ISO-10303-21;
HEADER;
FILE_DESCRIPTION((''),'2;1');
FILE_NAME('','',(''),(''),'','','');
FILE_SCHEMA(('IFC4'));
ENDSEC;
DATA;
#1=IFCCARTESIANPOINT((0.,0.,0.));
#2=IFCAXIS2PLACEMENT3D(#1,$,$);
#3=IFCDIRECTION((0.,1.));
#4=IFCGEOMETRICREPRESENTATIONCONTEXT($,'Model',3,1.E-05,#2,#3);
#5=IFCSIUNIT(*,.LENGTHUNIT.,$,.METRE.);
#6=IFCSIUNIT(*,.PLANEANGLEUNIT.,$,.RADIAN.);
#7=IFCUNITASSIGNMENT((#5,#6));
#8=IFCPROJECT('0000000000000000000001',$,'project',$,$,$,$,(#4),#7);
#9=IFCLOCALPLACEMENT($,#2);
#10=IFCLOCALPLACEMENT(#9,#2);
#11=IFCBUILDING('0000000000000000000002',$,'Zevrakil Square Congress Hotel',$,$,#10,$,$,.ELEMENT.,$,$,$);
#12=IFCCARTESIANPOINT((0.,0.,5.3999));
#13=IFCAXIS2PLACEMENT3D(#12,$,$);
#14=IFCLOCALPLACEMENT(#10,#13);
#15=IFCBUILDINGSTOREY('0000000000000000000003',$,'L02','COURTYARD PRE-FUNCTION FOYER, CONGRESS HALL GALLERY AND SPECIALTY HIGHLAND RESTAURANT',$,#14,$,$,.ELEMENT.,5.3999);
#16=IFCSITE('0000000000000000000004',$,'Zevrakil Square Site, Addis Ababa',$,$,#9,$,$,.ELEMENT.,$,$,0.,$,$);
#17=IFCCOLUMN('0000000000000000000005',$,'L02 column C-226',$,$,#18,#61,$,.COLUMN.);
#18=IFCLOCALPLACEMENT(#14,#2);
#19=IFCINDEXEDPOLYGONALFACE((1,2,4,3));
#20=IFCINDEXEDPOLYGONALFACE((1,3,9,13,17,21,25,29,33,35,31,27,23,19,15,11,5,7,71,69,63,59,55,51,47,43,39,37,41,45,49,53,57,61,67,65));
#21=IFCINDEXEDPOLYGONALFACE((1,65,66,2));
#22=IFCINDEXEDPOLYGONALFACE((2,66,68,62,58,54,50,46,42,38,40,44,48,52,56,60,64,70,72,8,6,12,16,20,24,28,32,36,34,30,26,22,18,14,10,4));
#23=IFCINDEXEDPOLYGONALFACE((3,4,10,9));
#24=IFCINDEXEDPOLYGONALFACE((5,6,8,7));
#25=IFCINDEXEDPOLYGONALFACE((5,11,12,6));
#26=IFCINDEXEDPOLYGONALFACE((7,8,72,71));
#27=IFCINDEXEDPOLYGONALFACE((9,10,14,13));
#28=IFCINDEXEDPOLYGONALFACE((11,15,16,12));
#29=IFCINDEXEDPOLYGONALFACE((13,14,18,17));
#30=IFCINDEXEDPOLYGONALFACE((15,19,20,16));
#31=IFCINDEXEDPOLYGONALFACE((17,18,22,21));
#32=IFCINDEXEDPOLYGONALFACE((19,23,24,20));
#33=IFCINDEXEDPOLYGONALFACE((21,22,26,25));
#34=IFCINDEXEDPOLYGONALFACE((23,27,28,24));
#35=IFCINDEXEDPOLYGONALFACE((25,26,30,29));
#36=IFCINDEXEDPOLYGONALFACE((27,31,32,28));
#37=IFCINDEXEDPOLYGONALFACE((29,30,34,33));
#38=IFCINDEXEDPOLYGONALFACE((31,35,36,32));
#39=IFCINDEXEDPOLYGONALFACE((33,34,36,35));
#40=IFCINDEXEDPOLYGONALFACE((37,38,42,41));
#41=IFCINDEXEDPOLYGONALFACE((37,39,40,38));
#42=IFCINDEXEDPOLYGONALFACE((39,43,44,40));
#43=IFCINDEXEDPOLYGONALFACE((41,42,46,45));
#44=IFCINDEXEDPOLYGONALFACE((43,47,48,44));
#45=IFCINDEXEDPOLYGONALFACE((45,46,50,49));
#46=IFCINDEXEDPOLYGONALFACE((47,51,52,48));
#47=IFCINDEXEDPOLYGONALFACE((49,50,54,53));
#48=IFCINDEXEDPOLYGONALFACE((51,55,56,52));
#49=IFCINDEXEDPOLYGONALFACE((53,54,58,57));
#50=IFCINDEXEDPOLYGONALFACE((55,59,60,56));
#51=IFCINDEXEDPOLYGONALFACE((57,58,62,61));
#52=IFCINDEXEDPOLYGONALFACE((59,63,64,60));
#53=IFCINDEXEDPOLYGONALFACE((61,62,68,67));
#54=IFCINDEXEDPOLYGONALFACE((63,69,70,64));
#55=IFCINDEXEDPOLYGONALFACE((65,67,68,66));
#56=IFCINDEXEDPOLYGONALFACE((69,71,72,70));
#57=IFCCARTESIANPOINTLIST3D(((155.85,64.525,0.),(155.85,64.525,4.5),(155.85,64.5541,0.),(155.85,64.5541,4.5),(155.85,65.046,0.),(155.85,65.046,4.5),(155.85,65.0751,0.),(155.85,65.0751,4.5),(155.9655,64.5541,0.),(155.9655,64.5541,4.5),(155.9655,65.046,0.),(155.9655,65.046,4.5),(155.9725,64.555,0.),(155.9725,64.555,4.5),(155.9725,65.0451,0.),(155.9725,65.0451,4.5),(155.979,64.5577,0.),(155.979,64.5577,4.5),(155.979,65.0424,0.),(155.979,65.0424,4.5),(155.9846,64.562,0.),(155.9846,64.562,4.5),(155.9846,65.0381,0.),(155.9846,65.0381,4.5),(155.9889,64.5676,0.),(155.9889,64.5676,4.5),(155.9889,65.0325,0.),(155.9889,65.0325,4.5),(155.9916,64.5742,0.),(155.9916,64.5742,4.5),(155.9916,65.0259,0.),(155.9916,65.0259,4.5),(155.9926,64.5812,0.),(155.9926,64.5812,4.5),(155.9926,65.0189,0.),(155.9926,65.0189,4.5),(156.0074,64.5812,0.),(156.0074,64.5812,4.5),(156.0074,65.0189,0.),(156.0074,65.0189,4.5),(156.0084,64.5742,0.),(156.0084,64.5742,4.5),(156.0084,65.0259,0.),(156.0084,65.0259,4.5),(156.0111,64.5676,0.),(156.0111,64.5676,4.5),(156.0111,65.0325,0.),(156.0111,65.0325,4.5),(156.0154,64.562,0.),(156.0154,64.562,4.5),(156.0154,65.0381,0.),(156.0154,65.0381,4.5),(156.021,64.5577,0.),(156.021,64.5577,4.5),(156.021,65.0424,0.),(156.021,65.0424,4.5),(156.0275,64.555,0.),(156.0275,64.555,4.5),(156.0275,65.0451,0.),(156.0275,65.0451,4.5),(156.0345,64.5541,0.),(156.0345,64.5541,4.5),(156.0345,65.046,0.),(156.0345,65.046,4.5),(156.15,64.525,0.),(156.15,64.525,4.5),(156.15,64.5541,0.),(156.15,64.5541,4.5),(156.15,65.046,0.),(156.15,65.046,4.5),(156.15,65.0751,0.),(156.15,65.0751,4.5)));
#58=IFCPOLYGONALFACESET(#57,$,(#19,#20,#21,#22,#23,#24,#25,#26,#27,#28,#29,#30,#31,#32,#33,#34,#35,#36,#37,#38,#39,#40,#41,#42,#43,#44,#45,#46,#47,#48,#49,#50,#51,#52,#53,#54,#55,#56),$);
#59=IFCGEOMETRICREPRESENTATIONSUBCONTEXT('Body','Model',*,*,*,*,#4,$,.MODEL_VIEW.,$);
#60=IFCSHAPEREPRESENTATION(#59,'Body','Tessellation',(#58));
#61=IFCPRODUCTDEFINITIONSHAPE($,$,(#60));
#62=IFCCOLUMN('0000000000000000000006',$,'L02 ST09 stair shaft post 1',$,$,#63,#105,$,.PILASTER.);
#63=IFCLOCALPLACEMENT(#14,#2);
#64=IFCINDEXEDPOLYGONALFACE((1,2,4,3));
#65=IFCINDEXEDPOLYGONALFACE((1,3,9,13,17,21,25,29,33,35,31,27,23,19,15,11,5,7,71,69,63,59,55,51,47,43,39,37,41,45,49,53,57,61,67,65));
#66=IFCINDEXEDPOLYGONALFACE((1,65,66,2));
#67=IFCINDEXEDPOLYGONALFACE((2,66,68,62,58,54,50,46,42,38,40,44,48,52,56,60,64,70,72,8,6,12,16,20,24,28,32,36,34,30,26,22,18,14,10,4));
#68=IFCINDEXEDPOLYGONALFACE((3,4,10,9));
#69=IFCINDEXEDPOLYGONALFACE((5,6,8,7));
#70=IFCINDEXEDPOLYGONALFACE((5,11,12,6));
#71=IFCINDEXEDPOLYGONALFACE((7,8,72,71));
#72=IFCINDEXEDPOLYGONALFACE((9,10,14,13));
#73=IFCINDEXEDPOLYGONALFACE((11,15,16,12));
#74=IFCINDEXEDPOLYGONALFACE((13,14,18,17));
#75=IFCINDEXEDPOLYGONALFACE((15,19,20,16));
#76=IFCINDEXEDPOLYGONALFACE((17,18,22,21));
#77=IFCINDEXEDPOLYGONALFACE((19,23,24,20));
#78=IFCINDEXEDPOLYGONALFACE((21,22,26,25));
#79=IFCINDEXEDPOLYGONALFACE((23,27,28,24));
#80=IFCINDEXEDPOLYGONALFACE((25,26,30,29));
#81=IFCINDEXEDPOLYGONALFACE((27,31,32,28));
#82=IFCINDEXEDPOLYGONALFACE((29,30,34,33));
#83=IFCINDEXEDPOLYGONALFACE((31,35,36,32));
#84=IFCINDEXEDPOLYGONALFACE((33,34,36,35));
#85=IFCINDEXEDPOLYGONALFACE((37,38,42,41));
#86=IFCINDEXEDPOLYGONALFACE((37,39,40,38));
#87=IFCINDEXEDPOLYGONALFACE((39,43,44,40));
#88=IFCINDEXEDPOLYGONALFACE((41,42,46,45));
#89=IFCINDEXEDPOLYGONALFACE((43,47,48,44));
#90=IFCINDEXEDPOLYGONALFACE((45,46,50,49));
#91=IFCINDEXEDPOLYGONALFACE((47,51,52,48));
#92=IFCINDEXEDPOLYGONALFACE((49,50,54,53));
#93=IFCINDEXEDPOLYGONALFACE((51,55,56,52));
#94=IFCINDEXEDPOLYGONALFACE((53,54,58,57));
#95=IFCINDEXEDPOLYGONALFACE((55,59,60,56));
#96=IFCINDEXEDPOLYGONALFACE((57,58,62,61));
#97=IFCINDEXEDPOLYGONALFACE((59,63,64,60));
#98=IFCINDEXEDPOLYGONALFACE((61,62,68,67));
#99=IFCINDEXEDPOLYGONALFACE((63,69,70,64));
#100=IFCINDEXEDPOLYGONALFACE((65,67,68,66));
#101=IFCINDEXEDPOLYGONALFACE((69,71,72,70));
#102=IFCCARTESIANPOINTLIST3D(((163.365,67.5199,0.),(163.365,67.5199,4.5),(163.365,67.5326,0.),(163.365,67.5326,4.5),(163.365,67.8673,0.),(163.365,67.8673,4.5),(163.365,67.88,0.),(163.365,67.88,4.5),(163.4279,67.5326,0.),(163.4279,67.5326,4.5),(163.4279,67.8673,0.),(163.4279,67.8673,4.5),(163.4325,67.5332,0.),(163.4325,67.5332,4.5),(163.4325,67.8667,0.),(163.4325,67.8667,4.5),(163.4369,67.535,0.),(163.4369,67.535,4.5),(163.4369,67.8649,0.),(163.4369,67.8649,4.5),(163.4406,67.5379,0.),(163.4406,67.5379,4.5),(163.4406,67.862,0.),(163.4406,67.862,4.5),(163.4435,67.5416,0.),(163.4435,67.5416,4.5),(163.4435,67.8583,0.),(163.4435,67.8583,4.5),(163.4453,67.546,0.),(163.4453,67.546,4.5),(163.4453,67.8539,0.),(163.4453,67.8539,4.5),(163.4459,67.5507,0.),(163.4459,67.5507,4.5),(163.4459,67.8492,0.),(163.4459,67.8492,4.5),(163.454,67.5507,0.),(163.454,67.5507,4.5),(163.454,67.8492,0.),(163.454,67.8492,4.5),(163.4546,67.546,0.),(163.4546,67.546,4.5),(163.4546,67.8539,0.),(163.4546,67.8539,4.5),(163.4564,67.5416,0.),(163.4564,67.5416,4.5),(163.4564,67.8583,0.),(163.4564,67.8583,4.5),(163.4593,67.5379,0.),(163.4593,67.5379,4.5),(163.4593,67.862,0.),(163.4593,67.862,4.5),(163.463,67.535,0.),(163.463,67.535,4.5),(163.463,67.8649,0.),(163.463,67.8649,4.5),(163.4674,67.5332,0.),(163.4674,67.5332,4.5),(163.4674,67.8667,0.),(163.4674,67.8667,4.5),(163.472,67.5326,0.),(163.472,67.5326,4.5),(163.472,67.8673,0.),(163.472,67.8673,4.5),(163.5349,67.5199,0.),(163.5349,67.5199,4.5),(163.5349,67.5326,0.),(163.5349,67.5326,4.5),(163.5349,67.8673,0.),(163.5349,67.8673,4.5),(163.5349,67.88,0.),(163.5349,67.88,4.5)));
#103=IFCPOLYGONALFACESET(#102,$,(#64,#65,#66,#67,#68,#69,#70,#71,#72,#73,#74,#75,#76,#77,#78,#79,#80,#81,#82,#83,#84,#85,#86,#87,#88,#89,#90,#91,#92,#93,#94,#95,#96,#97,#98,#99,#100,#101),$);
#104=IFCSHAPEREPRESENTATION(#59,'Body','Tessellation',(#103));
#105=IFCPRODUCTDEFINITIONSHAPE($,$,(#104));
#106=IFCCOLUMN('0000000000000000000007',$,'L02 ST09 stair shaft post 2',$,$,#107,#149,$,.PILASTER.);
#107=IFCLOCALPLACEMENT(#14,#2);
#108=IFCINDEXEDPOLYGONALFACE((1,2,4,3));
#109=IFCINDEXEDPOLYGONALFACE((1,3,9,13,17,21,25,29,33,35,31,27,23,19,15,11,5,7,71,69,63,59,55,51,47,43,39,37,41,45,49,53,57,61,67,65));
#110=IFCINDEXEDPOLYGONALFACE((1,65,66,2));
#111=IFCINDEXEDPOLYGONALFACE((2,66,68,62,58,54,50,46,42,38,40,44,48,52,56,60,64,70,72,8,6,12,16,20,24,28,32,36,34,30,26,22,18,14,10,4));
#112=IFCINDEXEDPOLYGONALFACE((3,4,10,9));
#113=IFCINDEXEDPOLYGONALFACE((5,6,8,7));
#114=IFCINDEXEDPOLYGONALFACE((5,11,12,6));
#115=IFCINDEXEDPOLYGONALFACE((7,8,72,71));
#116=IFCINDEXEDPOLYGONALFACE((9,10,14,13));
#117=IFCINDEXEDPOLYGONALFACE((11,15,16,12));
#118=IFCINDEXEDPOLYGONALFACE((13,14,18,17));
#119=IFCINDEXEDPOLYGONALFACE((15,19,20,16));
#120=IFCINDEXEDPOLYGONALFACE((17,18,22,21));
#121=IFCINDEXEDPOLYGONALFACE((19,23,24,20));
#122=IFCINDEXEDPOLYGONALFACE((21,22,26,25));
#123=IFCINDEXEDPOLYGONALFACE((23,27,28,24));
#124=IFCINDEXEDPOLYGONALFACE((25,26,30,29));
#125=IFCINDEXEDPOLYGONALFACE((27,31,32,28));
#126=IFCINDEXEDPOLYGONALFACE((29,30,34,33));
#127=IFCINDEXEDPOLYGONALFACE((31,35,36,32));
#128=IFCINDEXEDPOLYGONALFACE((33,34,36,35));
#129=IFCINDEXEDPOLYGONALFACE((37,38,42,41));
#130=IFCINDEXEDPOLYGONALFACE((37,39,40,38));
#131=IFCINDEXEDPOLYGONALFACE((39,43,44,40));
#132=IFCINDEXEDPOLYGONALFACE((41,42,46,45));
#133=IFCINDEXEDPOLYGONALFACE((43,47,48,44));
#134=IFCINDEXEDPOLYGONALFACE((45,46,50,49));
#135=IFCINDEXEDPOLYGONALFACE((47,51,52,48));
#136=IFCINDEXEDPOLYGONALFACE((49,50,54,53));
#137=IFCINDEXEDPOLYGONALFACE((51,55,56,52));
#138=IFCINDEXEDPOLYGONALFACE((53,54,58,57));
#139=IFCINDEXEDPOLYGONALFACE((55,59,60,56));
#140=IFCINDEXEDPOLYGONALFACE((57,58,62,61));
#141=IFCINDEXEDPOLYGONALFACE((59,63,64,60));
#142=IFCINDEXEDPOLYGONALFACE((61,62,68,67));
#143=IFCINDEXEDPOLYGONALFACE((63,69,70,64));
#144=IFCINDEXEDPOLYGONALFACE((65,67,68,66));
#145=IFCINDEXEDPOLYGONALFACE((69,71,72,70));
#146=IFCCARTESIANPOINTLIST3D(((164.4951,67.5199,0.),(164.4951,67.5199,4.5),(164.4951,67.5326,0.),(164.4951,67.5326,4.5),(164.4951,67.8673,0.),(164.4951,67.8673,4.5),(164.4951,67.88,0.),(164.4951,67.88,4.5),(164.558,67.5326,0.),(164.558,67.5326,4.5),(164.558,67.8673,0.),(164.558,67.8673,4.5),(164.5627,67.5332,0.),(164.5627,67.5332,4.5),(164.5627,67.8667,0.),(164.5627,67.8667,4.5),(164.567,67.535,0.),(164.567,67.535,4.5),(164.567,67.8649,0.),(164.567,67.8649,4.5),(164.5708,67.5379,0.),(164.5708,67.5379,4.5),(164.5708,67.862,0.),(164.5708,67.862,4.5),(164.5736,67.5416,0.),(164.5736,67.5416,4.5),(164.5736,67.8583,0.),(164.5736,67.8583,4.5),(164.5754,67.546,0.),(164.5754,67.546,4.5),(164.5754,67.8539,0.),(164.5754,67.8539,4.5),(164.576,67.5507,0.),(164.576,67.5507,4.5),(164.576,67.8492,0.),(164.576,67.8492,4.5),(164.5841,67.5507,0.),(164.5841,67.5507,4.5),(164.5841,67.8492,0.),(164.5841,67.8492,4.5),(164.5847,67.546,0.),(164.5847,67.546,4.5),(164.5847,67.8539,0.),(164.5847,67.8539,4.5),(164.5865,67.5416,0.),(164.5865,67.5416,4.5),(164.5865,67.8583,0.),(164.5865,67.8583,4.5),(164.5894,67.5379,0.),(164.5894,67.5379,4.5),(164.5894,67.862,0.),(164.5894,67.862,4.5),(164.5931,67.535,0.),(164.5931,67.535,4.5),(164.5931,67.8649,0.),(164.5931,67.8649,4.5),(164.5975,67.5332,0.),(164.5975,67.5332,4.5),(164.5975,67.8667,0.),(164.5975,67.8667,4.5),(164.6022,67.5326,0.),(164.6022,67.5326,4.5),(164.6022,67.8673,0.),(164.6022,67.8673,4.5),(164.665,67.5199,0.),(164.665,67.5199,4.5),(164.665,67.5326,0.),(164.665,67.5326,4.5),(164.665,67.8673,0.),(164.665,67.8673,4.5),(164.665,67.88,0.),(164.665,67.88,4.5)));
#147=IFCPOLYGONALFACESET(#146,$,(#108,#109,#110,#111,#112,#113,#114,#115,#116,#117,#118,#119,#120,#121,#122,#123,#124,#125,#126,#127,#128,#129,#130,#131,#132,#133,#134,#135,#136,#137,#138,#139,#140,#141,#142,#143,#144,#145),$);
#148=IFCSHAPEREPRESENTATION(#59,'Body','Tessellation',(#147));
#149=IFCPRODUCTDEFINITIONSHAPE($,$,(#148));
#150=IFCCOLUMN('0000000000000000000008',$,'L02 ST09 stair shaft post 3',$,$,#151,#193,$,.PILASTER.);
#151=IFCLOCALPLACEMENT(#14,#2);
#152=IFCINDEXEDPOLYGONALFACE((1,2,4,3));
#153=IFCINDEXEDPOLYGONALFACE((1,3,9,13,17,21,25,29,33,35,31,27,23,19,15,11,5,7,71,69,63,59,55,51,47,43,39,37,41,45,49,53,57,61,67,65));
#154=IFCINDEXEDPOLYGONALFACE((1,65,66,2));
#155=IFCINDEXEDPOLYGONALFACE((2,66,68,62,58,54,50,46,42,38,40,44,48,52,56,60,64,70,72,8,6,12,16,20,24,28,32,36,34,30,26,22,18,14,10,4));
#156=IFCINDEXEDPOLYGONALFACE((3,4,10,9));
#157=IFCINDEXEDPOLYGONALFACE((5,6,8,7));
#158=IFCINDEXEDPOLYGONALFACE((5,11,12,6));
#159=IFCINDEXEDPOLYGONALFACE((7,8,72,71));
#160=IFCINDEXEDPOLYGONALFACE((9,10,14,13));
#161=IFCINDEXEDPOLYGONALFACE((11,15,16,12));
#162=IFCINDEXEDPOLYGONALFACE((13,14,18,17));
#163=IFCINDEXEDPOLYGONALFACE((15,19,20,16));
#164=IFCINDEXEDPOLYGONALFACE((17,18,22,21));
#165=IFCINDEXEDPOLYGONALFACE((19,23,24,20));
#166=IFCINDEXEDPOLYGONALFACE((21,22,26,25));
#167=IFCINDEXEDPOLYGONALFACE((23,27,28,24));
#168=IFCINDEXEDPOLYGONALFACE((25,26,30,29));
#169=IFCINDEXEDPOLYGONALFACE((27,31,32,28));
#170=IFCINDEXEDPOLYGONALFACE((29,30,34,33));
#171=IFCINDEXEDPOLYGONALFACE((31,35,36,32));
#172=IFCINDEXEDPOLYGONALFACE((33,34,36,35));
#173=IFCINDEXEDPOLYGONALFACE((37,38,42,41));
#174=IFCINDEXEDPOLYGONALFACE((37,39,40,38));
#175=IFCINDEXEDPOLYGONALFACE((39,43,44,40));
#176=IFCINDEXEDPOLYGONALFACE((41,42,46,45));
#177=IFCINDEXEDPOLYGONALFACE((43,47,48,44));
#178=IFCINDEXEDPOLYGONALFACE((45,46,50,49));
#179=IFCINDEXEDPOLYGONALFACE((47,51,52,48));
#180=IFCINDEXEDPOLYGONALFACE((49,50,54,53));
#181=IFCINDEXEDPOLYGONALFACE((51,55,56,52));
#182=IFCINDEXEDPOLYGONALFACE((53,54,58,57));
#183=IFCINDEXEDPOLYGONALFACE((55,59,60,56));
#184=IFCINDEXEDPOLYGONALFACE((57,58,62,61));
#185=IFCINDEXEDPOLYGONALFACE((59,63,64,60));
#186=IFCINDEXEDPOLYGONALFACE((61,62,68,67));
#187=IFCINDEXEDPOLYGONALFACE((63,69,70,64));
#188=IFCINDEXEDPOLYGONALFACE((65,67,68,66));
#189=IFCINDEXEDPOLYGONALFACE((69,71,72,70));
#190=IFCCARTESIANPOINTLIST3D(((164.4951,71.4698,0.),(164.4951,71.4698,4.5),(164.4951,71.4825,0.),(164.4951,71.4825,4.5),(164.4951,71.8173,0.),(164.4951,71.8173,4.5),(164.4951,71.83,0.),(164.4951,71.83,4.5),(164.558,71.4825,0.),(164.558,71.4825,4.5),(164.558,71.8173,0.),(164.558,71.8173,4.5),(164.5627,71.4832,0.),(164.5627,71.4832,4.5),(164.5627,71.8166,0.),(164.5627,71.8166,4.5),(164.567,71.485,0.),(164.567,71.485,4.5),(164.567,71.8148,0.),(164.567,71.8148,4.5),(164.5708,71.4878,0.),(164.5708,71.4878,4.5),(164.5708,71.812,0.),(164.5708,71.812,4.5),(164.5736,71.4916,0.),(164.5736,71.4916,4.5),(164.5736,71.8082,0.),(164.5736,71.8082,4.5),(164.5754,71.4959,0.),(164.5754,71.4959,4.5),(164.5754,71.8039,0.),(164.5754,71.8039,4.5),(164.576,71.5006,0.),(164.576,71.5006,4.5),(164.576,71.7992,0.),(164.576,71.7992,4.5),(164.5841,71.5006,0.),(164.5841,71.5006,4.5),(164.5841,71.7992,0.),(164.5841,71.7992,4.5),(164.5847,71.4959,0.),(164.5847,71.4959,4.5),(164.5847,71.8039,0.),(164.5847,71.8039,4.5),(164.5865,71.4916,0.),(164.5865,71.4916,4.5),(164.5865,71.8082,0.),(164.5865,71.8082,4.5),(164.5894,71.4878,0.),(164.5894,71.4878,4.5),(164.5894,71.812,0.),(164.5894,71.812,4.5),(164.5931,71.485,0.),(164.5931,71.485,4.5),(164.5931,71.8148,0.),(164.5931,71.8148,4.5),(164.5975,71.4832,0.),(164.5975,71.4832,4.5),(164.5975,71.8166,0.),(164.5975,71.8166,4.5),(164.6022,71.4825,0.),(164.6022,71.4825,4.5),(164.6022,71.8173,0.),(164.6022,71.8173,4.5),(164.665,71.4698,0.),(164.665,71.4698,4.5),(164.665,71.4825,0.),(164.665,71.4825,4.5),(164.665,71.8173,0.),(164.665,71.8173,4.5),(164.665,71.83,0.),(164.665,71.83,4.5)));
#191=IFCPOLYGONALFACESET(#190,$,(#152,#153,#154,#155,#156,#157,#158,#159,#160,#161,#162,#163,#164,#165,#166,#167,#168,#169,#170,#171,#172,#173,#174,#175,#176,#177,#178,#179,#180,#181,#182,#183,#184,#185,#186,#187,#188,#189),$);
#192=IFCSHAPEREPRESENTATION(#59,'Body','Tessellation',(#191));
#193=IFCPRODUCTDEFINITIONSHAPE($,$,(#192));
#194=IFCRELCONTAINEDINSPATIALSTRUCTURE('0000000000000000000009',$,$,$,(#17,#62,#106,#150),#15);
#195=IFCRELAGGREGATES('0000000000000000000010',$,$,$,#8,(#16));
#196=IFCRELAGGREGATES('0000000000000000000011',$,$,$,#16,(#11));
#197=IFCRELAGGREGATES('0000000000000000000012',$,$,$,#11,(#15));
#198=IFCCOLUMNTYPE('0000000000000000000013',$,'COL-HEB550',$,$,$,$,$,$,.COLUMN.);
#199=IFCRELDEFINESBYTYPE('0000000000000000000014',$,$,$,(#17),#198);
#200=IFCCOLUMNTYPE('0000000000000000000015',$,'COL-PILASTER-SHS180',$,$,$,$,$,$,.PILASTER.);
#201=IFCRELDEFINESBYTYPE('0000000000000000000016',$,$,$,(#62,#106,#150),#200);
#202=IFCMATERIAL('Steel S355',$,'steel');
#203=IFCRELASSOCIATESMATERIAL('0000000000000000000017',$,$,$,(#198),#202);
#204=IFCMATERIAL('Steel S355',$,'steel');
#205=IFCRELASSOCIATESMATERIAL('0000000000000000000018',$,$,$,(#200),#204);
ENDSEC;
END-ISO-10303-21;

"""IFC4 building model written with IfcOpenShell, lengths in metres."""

from ifc_helpers import new_model, si_unit, direction, frame, origin, origin_2d, place, context, subcontext, project, spatial, i_section, extrude, material, material_profile, profile_set, type_object, element, save


model = new_model("IFC4")

# Units and contexts
model_context = context("Model", 3, precision=1e-05, world=origin(), true_north=direction((0.0, 1.0)))
body_context = subcontext(model_context, "Body", "Model", "MODEL_VIEW")
ifc_project = project(units=[si_unit("LENGTHUNIT", "METRE"), si_unit("PLANEANGLEUNIT", "RADIAN")], contexts=[model_context])

# Site, building, storey
site_placement = place(None, origin())
site = spatial("IfcSite", under=ifc_project, at=site_placement, Name="Zevrakil Square Site, Addis Ababa", CompositionType="ELEMENT", RefElevation=0.0)
building_placement = place(site_placement, origin())
building = spatial("IfcBuilding", under=site, at=building_placement, Name="Zevrakil Square Congress Hotel", CompositionType="ELEMENT")
storey_placement = place(building_placement, frame((0.0, 0.0, 5.3999)))
storey = spatial("IfcBuildingStorey", under=building, at=storey_placement, Name="L02", Description="COURTYARD PRE-FUNCTION FOYER, CONGRESS HALL GALLERY AND SPECIALTY HIGHLAND RESTAURANT", CompositionType="ELEMENT", Elevation=5.3999)

# Columns
ifc_material_1 = material(Name="Steel S355", Category="steel")
ifc_material_profile_1 = material_profile(ifc_material_1, i_section(OverallWidth=0.3, OverallDepth=0.55, WebThickness=0.0149, FlangeThickness=0.0291, FilletRadius=0.0271, at=origin_2d()), Name="HEB 550")
ifc_profile_set_1 = profile_set([ifc_material_profile_1], Name="Steel S355")
column_type_1 = type_object("IfcColumnType", Name="COL-HEB550", PredefinedType="COLUMN", material=ifc_profile_set_1)
column_placement = place(storey_placement, frame((156.0, 64.8, 0.0), z_axis=(0.0, 0.0, 1.0), x_axis=(1.0, 0.0, 0.0)))
element("IfcColumn", 1, at=column_placement, inside=storey, type_object=column_type_1, Name="L02 column C-226", PredefinedType="COLUMN", context=body_context, shape_type="SweptSolid", body=[
    extrude(i_section(OverallWidth=0.3, OverallDepth=0.55, WebThickness=0.0149, FlangeThickness=0.0291, FilletRadius=0.0271, at=origin_2d()), origin(), (0.0, 0.0, 1.0), 4.5),
])
ifc_material_2 = material(Name="Steel S355", Category="steel")
ifc_material_profile_2 = material_profile(ifc_material_2, i_section(OverallWidth=0.1699, OverallDepth=0.3601, WebThickness=0.0081, FlangeThickness=0.0127, FilletRadius=0.0181, at=origin_2d()), Name="IPE 360")
ifc_profile_set_2 = profile_set([ifc_material_profile_2], Name="Steel S355")
column_type_2 = type_object("IfcColumnType", Name="COL-PILASTER-SHS180", PredefinedType="PILASTER", material=ifc_profile_set_2)
for number, where, z_axis, x_axis, name in (
    (2, (163.45, 67.7, 0.0), (0.0, 0.0, 1.0), (1.0, 0.0, 0.0), "L02 ST09 stair shaft post 1"),
    (3, (164.5801, 67.7, 0.0), (0.0, 0.0, 1.0), (1.0, 0.0, 0.0), "L02 ST09 stair shaft post 2"),
    (4, (164.5801, 71.6499, 0.0), (0.0, 0.0, 1.0), (1.0, 0.0, 0.0), "L02 ST09 stair shaft post 3"),
):
    element("IfcColumn", number, at=place(storey_placement, frame(where, z_axis=z_axis, x_axis=x_axis)), inside=storey, type_object=column_type_2, Name=name, PredefinedType="PILASTER", context=body_context, shape_type="SweptSolid", body=[
        extrude(i_section(OverallWidth=0.1699, OverallDepth=0.3601, WebThickness=0.0081, FlangeThickness=0.0127, FilletRadius=0.0181, at=origin_2d()), origin(), (0.0, 0.0, 1.0), 4.5),
    ])

save(model, "model.ifc")
